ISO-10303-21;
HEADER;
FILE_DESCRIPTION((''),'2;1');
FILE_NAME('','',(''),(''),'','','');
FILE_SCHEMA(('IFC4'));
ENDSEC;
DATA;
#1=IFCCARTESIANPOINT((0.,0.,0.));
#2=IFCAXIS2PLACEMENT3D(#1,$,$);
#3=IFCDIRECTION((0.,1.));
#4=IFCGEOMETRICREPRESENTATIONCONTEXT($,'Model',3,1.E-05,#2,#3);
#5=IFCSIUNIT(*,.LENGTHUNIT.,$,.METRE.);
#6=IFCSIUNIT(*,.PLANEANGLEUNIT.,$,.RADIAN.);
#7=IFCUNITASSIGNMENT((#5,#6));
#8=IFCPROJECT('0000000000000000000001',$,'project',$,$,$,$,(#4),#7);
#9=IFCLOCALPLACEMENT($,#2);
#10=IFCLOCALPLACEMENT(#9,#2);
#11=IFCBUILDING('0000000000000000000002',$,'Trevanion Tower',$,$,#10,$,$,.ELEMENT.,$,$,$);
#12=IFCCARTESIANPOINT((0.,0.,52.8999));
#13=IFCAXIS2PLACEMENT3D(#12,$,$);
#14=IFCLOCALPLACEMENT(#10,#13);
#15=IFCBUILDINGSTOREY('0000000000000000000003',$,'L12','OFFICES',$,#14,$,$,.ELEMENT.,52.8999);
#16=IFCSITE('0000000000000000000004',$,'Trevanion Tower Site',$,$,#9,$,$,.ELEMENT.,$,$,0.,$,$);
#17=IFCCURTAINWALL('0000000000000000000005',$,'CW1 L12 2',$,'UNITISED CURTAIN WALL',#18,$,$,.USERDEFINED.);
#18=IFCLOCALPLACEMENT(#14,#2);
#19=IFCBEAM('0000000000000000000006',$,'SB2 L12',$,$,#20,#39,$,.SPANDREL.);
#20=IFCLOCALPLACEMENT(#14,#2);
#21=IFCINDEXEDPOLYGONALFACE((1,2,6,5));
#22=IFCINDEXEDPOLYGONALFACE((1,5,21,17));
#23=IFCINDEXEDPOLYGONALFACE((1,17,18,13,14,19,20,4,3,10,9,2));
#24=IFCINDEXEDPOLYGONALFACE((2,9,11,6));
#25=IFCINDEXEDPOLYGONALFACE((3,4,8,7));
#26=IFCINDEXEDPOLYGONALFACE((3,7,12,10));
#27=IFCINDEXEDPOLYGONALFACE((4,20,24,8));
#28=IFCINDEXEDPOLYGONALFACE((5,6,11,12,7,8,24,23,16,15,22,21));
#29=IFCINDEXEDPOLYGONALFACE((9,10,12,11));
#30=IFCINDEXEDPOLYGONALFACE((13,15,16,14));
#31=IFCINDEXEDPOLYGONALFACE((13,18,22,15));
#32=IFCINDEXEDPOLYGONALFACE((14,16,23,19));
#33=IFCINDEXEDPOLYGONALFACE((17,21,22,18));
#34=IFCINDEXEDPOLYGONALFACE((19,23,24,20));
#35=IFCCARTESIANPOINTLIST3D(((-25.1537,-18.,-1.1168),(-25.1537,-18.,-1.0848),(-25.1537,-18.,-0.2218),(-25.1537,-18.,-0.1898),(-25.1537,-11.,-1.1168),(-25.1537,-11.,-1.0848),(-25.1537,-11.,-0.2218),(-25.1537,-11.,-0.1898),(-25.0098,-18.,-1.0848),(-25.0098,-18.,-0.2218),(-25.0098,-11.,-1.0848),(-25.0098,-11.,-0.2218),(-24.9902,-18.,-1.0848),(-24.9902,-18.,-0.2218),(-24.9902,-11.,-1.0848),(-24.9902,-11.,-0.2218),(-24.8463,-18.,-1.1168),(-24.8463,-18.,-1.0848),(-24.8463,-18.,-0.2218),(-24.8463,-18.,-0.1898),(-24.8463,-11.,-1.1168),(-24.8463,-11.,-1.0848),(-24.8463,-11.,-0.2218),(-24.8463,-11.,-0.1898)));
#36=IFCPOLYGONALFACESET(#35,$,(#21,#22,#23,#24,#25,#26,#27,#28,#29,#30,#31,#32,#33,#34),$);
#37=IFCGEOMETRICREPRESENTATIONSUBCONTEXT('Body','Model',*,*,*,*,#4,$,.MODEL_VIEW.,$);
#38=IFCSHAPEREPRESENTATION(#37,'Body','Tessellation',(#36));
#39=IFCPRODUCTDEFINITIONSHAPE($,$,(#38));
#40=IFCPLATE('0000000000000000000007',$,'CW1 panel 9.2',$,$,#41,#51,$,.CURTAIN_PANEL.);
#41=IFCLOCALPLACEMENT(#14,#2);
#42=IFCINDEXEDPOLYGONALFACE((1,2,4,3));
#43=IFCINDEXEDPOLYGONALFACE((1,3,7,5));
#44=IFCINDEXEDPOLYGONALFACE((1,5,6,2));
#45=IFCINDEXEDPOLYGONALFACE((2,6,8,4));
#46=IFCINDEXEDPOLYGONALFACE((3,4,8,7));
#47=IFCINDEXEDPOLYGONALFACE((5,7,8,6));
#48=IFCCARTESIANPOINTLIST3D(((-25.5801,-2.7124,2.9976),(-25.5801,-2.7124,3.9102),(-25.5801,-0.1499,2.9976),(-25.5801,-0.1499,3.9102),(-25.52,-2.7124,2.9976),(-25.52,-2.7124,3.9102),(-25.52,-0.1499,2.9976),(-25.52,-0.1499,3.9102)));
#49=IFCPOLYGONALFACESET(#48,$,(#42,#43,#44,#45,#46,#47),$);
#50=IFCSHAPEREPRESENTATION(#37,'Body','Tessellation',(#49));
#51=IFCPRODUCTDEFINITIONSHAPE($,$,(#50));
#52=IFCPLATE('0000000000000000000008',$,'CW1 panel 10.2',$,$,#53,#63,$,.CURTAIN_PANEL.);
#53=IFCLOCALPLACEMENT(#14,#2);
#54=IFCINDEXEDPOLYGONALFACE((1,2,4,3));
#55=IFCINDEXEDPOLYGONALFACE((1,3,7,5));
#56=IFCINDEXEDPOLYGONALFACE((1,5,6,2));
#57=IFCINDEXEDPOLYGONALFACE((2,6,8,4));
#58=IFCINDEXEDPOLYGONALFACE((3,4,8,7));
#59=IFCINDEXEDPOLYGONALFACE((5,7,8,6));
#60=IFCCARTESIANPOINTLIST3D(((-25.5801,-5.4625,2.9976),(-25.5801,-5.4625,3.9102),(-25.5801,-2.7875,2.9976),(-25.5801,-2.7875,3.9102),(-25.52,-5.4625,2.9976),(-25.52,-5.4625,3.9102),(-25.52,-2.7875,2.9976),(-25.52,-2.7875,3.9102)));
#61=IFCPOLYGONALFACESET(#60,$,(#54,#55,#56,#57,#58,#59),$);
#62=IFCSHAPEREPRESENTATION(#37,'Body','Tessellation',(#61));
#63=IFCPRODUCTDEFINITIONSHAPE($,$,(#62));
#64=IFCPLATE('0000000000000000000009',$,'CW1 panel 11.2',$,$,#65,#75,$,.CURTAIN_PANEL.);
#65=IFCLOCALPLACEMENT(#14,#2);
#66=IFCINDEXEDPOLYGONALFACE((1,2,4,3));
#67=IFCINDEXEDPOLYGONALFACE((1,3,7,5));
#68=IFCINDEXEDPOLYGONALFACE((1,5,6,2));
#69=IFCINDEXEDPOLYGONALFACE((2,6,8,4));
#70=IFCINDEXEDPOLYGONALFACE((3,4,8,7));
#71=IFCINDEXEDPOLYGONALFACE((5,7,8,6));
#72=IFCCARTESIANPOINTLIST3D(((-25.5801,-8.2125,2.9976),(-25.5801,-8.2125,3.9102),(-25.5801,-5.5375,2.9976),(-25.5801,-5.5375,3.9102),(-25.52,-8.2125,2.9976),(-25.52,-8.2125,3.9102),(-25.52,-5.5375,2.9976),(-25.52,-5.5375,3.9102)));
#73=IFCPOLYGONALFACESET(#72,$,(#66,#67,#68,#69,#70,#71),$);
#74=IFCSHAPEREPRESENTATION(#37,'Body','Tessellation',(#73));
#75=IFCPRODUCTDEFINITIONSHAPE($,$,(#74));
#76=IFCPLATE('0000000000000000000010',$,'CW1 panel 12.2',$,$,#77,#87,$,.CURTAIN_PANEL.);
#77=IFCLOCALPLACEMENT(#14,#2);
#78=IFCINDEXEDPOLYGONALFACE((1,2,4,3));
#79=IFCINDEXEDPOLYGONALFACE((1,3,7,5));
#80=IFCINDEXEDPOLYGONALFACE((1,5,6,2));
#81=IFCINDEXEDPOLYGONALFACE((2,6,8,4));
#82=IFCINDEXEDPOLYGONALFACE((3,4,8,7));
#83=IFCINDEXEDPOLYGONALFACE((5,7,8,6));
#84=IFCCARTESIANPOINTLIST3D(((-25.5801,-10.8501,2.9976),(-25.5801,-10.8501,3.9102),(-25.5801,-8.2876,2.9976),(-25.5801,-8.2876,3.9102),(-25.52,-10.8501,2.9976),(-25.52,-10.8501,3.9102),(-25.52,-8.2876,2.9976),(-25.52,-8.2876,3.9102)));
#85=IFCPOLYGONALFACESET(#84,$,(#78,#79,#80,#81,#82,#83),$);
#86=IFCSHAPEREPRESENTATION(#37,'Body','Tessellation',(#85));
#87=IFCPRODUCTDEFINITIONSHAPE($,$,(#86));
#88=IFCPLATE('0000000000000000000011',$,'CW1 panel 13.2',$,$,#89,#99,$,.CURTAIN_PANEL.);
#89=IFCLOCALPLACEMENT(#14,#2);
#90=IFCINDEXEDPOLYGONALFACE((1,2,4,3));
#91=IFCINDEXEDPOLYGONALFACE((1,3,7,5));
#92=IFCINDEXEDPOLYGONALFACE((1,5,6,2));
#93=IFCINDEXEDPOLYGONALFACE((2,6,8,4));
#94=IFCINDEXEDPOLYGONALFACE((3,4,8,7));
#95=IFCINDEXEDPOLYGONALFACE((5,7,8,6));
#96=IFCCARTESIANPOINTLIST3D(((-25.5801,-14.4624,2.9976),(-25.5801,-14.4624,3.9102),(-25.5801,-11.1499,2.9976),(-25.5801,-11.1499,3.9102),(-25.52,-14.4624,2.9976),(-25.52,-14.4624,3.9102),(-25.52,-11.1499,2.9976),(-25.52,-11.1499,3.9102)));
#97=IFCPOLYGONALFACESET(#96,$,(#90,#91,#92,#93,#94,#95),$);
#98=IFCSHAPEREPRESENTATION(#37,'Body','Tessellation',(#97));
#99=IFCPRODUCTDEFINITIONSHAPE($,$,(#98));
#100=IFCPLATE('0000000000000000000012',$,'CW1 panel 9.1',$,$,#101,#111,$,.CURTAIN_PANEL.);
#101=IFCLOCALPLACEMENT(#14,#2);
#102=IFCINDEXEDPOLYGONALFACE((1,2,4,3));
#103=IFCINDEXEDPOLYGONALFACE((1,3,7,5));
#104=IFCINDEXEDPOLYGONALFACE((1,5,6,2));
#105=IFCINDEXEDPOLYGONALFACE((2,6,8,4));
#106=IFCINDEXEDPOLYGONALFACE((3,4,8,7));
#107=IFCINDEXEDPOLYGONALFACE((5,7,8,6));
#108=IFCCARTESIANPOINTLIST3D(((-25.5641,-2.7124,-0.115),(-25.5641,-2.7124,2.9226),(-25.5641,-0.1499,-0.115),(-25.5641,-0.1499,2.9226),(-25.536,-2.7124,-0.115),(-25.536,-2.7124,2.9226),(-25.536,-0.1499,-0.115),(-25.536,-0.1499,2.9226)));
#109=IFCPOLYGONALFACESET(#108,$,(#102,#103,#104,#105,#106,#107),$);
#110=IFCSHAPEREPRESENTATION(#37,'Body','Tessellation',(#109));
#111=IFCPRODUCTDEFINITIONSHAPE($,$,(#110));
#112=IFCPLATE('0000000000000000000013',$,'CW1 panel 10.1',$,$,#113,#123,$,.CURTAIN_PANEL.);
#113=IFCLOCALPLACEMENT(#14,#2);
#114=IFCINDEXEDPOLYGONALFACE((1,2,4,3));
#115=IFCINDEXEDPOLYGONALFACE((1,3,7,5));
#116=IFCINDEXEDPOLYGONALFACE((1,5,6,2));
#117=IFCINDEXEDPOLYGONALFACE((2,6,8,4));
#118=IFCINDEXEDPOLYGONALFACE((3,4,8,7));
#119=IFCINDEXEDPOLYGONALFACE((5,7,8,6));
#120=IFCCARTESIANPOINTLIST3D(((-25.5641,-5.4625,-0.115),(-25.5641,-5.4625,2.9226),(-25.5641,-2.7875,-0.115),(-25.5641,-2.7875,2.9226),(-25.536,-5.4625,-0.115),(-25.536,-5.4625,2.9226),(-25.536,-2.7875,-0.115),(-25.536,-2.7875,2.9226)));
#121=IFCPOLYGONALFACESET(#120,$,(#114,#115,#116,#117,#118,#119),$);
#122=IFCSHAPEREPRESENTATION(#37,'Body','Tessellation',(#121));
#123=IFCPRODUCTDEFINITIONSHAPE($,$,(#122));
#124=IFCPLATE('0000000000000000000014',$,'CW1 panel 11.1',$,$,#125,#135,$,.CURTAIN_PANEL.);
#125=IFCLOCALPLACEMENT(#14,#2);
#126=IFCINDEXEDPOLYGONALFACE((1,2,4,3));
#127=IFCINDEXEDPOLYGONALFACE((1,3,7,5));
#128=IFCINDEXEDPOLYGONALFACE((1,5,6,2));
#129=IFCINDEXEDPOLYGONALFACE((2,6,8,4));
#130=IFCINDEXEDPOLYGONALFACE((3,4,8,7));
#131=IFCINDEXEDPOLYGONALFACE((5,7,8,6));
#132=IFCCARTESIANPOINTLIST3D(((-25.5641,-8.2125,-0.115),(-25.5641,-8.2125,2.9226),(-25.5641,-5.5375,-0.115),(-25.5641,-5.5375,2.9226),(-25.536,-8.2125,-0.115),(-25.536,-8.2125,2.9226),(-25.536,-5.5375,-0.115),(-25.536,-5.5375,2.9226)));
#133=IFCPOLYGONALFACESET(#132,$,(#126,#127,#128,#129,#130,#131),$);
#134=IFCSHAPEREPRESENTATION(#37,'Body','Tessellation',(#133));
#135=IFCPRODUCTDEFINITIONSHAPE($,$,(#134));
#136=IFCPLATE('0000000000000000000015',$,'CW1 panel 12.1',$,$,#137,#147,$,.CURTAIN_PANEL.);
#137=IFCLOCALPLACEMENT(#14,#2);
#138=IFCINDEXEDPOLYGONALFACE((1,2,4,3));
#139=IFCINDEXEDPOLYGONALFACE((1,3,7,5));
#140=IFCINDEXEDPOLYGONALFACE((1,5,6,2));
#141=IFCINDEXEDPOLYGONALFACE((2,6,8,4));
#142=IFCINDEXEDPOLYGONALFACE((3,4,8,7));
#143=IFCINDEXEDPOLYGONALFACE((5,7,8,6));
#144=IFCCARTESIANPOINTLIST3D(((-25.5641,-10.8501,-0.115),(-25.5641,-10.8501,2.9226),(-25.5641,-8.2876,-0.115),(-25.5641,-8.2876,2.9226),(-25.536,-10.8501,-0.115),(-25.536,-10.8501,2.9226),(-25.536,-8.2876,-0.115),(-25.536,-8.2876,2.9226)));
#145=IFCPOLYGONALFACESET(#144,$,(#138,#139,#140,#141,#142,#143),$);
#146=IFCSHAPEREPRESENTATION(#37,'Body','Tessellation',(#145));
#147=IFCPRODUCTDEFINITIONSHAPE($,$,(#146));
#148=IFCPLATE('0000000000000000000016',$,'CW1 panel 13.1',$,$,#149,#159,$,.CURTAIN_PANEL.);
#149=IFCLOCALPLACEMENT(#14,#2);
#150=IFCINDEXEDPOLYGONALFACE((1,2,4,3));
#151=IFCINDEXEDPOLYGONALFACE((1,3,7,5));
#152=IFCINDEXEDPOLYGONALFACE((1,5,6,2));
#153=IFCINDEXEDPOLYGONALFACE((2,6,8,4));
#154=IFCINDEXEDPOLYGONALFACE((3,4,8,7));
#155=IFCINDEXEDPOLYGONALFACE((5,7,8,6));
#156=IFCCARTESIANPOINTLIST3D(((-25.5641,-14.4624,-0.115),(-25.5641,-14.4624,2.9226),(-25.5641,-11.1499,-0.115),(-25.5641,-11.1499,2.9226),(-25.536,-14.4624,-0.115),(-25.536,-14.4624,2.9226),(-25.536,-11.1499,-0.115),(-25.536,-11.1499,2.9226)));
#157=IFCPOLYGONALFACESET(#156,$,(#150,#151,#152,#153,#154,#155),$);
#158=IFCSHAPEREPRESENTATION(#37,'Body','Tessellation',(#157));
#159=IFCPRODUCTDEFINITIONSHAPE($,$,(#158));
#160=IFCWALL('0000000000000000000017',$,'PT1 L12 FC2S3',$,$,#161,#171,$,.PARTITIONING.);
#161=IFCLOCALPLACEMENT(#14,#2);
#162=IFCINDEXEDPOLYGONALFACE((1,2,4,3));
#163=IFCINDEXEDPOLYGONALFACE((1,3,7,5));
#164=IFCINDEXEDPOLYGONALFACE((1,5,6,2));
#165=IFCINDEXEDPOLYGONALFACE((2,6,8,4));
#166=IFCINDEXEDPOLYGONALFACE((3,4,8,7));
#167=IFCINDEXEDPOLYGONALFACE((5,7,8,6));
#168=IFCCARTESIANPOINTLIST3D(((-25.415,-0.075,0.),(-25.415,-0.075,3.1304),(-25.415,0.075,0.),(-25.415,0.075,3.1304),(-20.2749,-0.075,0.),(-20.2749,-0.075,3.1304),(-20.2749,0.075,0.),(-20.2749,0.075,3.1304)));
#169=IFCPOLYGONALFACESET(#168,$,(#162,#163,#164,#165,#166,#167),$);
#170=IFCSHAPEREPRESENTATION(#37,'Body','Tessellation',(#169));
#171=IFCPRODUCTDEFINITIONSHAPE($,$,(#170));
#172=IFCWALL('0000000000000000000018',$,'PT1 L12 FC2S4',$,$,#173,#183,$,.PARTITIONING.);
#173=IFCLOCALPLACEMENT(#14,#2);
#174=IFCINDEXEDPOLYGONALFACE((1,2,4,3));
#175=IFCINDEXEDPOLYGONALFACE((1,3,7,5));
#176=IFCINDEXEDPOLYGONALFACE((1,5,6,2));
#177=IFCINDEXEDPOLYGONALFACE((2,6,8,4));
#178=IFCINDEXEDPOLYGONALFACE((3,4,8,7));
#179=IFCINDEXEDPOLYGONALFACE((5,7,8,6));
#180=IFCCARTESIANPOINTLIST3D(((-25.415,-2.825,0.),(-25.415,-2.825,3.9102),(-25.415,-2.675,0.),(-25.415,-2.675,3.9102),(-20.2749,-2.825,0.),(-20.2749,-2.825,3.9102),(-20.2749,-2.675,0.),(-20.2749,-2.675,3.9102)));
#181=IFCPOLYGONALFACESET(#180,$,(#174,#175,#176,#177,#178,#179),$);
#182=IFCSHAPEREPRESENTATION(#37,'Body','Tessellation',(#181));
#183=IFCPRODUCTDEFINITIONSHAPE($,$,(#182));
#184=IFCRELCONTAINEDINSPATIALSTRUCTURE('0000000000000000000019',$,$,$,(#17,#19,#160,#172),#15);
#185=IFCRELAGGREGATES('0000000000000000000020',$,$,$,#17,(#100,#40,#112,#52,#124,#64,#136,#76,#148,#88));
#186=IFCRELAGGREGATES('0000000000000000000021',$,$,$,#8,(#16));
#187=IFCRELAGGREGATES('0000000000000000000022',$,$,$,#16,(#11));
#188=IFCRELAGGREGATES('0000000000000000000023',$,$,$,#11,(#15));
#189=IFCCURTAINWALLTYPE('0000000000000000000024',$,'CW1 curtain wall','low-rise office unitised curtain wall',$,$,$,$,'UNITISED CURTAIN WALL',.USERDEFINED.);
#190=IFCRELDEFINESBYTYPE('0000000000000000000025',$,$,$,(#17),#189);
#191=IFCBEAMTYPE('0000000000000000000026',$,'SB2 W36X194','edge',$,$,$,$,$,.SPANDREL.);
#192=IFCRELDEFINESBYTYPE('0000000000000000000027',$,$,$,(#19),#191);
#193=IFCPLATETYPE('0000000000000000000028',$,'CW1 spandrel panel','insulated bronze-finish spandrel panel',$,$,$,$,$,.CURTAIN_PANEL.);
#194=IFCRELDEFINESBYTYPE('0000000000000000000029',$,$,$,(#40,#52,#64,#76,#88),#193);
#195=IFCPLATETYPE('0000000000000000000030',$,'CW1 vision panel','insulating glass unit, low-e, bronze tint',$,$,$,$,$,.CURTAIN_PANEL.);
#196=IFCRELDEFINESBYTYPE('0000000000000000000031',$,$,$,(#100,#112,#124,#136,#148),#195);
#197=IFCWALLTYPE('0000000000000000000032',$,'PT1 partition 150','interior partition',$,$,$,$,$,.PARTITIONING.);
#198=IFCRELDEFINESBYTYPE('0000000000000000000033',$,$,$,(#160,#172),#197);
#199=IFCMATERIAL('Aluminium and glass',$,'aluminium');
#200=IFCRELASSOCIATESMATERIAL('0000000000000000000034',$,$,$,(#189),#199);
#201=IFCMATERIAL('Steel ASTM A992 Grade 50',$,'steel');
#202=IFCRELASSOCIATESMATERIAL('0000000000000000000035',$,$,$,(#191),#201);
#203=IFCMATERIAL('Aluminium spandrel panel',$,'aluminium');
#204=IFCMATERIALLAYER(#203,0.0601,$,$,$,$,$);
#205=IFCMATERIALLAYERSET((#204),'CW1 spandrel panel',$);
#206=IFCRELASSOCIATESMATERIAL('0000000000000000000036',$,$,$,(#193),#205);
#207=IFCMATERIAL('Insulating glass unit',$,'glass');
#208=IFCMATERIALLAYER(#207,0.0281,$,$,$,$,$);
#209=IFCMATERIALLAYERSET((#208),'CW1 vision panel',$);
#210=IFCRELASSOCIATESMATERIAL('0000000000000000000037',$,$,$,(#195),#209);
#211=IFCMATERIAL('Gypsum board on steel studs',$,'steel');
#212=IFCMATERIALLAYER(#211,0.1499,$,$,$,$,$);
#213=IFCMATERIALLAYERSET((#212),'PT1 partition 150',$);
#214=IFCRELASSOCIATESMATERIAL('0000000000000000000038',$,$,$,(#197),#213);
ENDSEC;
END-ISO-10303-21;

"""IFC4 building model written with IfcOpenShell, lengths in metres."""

from ifc_helpers import new_model, si_unit, direction, frame, frame_2d, origin, origin_2d, place, context, subcontext, project, spatial, rectangle, i_section, extrude, material, layer, layer_set, material_profile, profile_set, type_object, element, aggregate, save


model = new_model("IFC4")

# Units and contexts
model_context = context("Model", 3, precision=1e-05, world=origin(), true_north=direction((0.0, 1.0)))
body_context = subcontext(model_context, "Body", "Model", "MODEL_VIEW")
ifc_project = project(units=[si_unit("LENGTHUNIT", "METRE"), si_unit("PLANEANGLEUNIT", "RADIAN")], contexts=[model_context])

# Site, building, storey
site_placement = place(None, origin())
site = spatial("IfcSite", under=ifc_project, at=site_placement, Name="Trevanion Tower Site", CompositionType="ELEMENT", RefElevation=0.0)
building_placement = place(site_placement, origin())
building = spatial("IfcBuilding", under=site, at=building_placement, Name="Trevanion Tower", CompositionType="ELEMENT")
storey_placement = place(building_placement, frame((0.0, 0.0, 52.8999)))
storey = spatial("IfcBuildingStorey", under=building, at=storey_placement, Name="L12", Description="OFFICES", CompositionType="ELEMENT", Elevation=52.8999)

# Curtain wall
ifc_material_1 = material(Name="Aluminium and glass", Category="aluminium")
curtain_wall_type = type_object("IfcCurtainWallType", Name="CW1 curtain wall", Description="low-rise office unitised curtain wall", ElementType="UNITISED CURTAIN WALL", PredefinedType="USERDEFINED", material=ifc_material_1)
curtain_wall_placement = place(storey_placement, origin())
curtain_wall = element("IfcCurtainWall", 1, at=curtain_wall_placement, inside=storey, type_object=curtain_wall_type, Name="CW1 L12 2", ObjectType="UNITISED CURTAIN WALL", PredefinedType="USERDEFINED")

# Beam
ifc_material_2 = material(Name="Steel ASTM A992 Grade 50", Category="steel")
ifc_material_profile_1 = material_profile(ifc_material_2, i_section(OverallWidth=0.3074, OverallDepth=0.927, WebThickness=0.0195, FlangeThickness=0.032, at=origin_2d()), Name="W36X194")
ifc_profile_set_1 = profile_set([ifc_material_profile_1], Name="Steel ASTM A992 Grade 50")
beam_type_1 = type_object("IfcBeamType", Name="SB2 W36X194", Description="edge", PredefinedType="SPANDREL", material=ifc_profile_set_1)
beam_1_placement = place(storey_placement, frame((-25.0, -11.0, -0.6533), z_axis=(0.0, -1.0, 0.0), x_axis=(1.0, 0.0, 0.0)))
element("IfcBeam", 2, at=beam_1_placement, inside=storey, type_object=beam_type_1, Name="SB2 L12", PredefinedType="SPANDREL", context=body_context, shape_type="SweptSolid", body=[
    extrude(i_section(OverallWidth=0.3074, OverallDepth=0.927, WebThickness=0.0195, FlangeThickness=0.032, at=origin_2d()), origin(), (0.0, 0.0, 1.0), 7.0),
])

# Plates
ifc_material_3 = material(Name="Aluminium spandrel panel", Category="aluminium")
ifc_layer_1 = layer(ifc_material_3, 0.0601)
ifc_layer_set_1 = layer_set([ifc_layer_1], Name="CW1 spandrel panel")
plate_type_1 = type_object("IfcPlateType", Name="CW1 spandrel panel", Description="insulated bronze-finish spandrel panel", PredefinedType="CURTAIN_PANEL", material=ifc_layer_set_1)
plate_1_placement = place(storey_placement, frame((-25.55, -1.4312, 2.9976), z_axis=(0.0, 0.0, 1.0), x_axis=(0.0, -1.0, 0.0)))
plate_1 = element("IfcPlate", 3, at=plate_1_placement, type_object=plate_type_1, Name="CW1 panel 9.2", PredefinedType="CURTAIN_PANEL", context=body_context, shape_type="SweptSolid", body=[
    extrude(rectangle(XDim=2.5625, YDim=0.0601, at=origin_2d()), origin(), (0.0, 0.0, 1.0), 0.9126),
])
plate_2_placement = place(storey_placement, frame((-25.55, -4.125, 2.9976), z_axis=(0.0, 0.0, 1.0), x_axis=(0.0, -1.0, 0.0)))
plate_2 = element("IfcPlate", 4, at=plate_2_placement, type_object=plate_type_1, Name="CW1 panel 10.2", PredefinedType="CURTAIN_PANEL", context=body_context, shape_type="SweptSolid", body=[
    extrude(rectangle(XDim=2.675, YDim=0.0601, at=origin_2d()), origin(), (0.0, 0.0, 1.0), 0.9126),
])
plate_3_placement = place(storey_placement, frame((-25.55, -6.875, 2.9976), z_axis=(0.0, 0.0, 1.0), x_axis=(0.0, -1.0, 0.0)))
plate_3 = element("IfcPlate", 5, at=plate_3_placement, type_object=plate_type_1, Name="CW1 panel 11.2", PredefinedType="CURTAIN_PANEL", context=body_context, shape_type="SweptSolid", body=[
    extrude(rectangle(XDim=2.675, YDim=0.0601, at=origin_2d()), origin(), (0.0, 0.0, 1.0), 0.9126),
])
plate_4_placement = place(storey_placement, frame((-25.55, -9.5688, 2.9976), z_axis=(0.0, 0.0, 1.0), x_axis=(0.0, -1.0, 0.0)))
plate_4 = element("IfcPlate", 6, at=plate_4_placement, type_object=plate_type_1, Name="CW1 panel 12.2", PredefinedType="CURTAIN_PANEL", context=body_context, shape_type="SweptSolid", body=[
    extrude(rectangle(XDim=2.5625, YDim=0.0601, at=origin_2d()), origin(), (0.0, 0.0, 1.0), 0.9126),
])
plate_5_placement = place(storey_placement, frame((-25.55, -12.8062, 2.9976), z_axis=(0.0, 0.0, 1.0), x_axis=(0.0, -1.0, 0.0)))
plate_5 = element("IfcPlate", 7, at=plate_5_placement, type_object=plate_type_1, Name="CW1 panel 13.2", PredefinedType="CURTAIN_PANEL", context=body_context, shape_type="SweptSolid", body=[
    extrude(rectangle(XDim=3.3125, YDim=0.0601, at=origin_2d()), origin(), (0.0, 0.0, 1.0), 0.9126),
])
ifc_material_4 = material(Name="Insulating glass unit", Category="glass")
ifc_layer_2 = layer(ifc_material_4, 0.0281)
ifc_layer_set_2 = layer_set([ifc_layer_2], Name="CW1 vision panel")
plate_type_2 = type_object("IfcPlateType", Name="CW1 vision panel", Description="insulating glass unit, low-e, bronze tint", PredefinedType="CURTAIN_PANEL", material=ifc_layer_set_2)
plate_6_placement = place(storey_placement, frame((-25.55, -1.4312, -0.115), z_axis=(0.0, 0.0, 1.0), x_axis=(0.0, -1.0, 0.0)))
plate_6 = element("IfcPlate", 8, at=plate_6_placement, type_object=plate_type_2, Name="CW1 panel 9.1", PredefinedType="CURTAIN_PANEL", context=body_context, shape_type="SweptSolid", body=[
    extrude(rectangle(XDim=2.5625, YDim=0.0281, at=origin_2d()), origin(), (0.0, 0.0, 1.0), 3.0376),
])
plate_7_placement = place(storey_placement, frame((-25.55, -4.125, -0.115), z_axis=(0.0, 0.0, 1.0), x_axis=(0.0, -1.0, 0.0)))
plate_7 = element("IfcPlate", 9, at=plate_7_placement, type_object=plate_type_2, Name="CW1 panel 10.1", PredefinedType="CURTAIN_PANEL", context=body_context, shape_type="SweptSolid", body=[
    extrude(rectangle(XDim=2.675, YDim=0.0281, at=origin_2d()), origin(), (0.0, 0.0, 1.0), 3.0376),
])
plate_8_placement = place(storey_placement, frame((-25.55, -6.875, -0.115), z_axis=(0.0, 0.0, 1.0), x_axis=(0.0, -1.0, 0.0)))
plate_8 = element("IfcPlate", 10, at=plate_8_placement, type_object=plate_type_2, Name="CW1 panel 11.1", PredefinedType="CURTAIN_PANEL", context=body_context, shape_type="SweptSolid", body=[
    extrude(rectangle(XDim=2.675, YDim=0.0281, at=origin_2d()), origin(), (0.0, 0.0, 1.0), 3.0376),
])
plate_9_placement = place(storey_placement, frame((-25.55, -9.5688, -0.115), z_axis=(0.0, 0.0, 1.0), x_axis=(0.0, -1.0, 0.0)))
plate_9 = element("IfcPlate", 11, at=plate_9_placement, type_object=plate_type_2, Name="CW1 panel 12.1", PredefinedType="CURTAIN_PANEL", context=body_context, shape_type="SweptSolid", body=[
    extrude(rectangle(XDim=2.5625, YDim=0.0281, at=origin_2d()), origin(), (0.0, 0.0, 1.0), 3.0376),
])
plate_10_placement = place(storey_placement, frame((-25.55, -12.8062, -0.115), z_axis=(0.0, 0.0, 1.0), x_axis=(0.0, -1.0, 0.0)))
plate_10 = element("IfcPlate", 12, at=plate_10_placement, type_object=plate_type_2, Name="CW1 panel 13.1", PredefinedType="CURTAIN_PANEL", context=body_context, shape_type="SweptSolid", body=[
    extrude(rectangle(XDim=3.3125, YDim=0.0281, at=origin_2d()), origin(), (0.0, 0.0, 1.0), 3.0376),
])
aggregate(curtain_wall, [plate_6, plate_1, plate_7, plate_2, plate_8, plate_3, plate_9, plate_4, plate_10, plate_5])

# Walls
ifc_material_5 = material(Name="Gypsum board on steel studs", Category="steel")
ifc_layer_3 = layer(ifc_material_5, 0.1499)
ifc_layer_set_3 = layer_set([ifc_layer_3], Name="PT1 partition 150")
wall_type_1 = type_object("IfcWallType", Name="PT1 partition 150", Description="interior partition", PredefinedType="PARTITIONING", material=ifc_layer_set_3)
wall_1_placement = place(storey_placement, frame((-20.2749, 0.0, 0.0), z_axis=(0.0, 0.0, 1.0), x_axis=(-1.0, 0.0, 0.0)))
element("IfcWall", 13, at=wall_1_placement, inside=storey, type_object=wall_type_1, Name="PT1 L12 FC2S3", PredefinedType="PARTITIONING", context=body_context, shape_type="SweptSolid", body=[
    extrude(rectangle(XDim=5.1401, YDim=0.1499, at=frame_2d((2.5701, 0.0))), origin(), (0.0, 0.0, 1.0), 3.1304),
])
wall_2_placement = place(storey_placement, frame((-20.2749, -2.75, 0.0), z_axis=(0.0, 0.0, 1.0), x_axis=(-1.0, 0.0, 0.0)))
element("IfcWall", 14, at=wall_2_placement, inside=storey, type_object=wall_type_1, Name="PT1 L12 FC2S4", PredefinedType="PARTITIONING", context=body_context, shape_type="SweptSolid", body=[
    extrude(rectangle(XDim=5.1401, YDim=0.1499, at=frame_2d((2.5701, 0.0))), origin(), (0.0, 0.0, 1.0), 3.9102),
])

save(model, "model.ifc")
